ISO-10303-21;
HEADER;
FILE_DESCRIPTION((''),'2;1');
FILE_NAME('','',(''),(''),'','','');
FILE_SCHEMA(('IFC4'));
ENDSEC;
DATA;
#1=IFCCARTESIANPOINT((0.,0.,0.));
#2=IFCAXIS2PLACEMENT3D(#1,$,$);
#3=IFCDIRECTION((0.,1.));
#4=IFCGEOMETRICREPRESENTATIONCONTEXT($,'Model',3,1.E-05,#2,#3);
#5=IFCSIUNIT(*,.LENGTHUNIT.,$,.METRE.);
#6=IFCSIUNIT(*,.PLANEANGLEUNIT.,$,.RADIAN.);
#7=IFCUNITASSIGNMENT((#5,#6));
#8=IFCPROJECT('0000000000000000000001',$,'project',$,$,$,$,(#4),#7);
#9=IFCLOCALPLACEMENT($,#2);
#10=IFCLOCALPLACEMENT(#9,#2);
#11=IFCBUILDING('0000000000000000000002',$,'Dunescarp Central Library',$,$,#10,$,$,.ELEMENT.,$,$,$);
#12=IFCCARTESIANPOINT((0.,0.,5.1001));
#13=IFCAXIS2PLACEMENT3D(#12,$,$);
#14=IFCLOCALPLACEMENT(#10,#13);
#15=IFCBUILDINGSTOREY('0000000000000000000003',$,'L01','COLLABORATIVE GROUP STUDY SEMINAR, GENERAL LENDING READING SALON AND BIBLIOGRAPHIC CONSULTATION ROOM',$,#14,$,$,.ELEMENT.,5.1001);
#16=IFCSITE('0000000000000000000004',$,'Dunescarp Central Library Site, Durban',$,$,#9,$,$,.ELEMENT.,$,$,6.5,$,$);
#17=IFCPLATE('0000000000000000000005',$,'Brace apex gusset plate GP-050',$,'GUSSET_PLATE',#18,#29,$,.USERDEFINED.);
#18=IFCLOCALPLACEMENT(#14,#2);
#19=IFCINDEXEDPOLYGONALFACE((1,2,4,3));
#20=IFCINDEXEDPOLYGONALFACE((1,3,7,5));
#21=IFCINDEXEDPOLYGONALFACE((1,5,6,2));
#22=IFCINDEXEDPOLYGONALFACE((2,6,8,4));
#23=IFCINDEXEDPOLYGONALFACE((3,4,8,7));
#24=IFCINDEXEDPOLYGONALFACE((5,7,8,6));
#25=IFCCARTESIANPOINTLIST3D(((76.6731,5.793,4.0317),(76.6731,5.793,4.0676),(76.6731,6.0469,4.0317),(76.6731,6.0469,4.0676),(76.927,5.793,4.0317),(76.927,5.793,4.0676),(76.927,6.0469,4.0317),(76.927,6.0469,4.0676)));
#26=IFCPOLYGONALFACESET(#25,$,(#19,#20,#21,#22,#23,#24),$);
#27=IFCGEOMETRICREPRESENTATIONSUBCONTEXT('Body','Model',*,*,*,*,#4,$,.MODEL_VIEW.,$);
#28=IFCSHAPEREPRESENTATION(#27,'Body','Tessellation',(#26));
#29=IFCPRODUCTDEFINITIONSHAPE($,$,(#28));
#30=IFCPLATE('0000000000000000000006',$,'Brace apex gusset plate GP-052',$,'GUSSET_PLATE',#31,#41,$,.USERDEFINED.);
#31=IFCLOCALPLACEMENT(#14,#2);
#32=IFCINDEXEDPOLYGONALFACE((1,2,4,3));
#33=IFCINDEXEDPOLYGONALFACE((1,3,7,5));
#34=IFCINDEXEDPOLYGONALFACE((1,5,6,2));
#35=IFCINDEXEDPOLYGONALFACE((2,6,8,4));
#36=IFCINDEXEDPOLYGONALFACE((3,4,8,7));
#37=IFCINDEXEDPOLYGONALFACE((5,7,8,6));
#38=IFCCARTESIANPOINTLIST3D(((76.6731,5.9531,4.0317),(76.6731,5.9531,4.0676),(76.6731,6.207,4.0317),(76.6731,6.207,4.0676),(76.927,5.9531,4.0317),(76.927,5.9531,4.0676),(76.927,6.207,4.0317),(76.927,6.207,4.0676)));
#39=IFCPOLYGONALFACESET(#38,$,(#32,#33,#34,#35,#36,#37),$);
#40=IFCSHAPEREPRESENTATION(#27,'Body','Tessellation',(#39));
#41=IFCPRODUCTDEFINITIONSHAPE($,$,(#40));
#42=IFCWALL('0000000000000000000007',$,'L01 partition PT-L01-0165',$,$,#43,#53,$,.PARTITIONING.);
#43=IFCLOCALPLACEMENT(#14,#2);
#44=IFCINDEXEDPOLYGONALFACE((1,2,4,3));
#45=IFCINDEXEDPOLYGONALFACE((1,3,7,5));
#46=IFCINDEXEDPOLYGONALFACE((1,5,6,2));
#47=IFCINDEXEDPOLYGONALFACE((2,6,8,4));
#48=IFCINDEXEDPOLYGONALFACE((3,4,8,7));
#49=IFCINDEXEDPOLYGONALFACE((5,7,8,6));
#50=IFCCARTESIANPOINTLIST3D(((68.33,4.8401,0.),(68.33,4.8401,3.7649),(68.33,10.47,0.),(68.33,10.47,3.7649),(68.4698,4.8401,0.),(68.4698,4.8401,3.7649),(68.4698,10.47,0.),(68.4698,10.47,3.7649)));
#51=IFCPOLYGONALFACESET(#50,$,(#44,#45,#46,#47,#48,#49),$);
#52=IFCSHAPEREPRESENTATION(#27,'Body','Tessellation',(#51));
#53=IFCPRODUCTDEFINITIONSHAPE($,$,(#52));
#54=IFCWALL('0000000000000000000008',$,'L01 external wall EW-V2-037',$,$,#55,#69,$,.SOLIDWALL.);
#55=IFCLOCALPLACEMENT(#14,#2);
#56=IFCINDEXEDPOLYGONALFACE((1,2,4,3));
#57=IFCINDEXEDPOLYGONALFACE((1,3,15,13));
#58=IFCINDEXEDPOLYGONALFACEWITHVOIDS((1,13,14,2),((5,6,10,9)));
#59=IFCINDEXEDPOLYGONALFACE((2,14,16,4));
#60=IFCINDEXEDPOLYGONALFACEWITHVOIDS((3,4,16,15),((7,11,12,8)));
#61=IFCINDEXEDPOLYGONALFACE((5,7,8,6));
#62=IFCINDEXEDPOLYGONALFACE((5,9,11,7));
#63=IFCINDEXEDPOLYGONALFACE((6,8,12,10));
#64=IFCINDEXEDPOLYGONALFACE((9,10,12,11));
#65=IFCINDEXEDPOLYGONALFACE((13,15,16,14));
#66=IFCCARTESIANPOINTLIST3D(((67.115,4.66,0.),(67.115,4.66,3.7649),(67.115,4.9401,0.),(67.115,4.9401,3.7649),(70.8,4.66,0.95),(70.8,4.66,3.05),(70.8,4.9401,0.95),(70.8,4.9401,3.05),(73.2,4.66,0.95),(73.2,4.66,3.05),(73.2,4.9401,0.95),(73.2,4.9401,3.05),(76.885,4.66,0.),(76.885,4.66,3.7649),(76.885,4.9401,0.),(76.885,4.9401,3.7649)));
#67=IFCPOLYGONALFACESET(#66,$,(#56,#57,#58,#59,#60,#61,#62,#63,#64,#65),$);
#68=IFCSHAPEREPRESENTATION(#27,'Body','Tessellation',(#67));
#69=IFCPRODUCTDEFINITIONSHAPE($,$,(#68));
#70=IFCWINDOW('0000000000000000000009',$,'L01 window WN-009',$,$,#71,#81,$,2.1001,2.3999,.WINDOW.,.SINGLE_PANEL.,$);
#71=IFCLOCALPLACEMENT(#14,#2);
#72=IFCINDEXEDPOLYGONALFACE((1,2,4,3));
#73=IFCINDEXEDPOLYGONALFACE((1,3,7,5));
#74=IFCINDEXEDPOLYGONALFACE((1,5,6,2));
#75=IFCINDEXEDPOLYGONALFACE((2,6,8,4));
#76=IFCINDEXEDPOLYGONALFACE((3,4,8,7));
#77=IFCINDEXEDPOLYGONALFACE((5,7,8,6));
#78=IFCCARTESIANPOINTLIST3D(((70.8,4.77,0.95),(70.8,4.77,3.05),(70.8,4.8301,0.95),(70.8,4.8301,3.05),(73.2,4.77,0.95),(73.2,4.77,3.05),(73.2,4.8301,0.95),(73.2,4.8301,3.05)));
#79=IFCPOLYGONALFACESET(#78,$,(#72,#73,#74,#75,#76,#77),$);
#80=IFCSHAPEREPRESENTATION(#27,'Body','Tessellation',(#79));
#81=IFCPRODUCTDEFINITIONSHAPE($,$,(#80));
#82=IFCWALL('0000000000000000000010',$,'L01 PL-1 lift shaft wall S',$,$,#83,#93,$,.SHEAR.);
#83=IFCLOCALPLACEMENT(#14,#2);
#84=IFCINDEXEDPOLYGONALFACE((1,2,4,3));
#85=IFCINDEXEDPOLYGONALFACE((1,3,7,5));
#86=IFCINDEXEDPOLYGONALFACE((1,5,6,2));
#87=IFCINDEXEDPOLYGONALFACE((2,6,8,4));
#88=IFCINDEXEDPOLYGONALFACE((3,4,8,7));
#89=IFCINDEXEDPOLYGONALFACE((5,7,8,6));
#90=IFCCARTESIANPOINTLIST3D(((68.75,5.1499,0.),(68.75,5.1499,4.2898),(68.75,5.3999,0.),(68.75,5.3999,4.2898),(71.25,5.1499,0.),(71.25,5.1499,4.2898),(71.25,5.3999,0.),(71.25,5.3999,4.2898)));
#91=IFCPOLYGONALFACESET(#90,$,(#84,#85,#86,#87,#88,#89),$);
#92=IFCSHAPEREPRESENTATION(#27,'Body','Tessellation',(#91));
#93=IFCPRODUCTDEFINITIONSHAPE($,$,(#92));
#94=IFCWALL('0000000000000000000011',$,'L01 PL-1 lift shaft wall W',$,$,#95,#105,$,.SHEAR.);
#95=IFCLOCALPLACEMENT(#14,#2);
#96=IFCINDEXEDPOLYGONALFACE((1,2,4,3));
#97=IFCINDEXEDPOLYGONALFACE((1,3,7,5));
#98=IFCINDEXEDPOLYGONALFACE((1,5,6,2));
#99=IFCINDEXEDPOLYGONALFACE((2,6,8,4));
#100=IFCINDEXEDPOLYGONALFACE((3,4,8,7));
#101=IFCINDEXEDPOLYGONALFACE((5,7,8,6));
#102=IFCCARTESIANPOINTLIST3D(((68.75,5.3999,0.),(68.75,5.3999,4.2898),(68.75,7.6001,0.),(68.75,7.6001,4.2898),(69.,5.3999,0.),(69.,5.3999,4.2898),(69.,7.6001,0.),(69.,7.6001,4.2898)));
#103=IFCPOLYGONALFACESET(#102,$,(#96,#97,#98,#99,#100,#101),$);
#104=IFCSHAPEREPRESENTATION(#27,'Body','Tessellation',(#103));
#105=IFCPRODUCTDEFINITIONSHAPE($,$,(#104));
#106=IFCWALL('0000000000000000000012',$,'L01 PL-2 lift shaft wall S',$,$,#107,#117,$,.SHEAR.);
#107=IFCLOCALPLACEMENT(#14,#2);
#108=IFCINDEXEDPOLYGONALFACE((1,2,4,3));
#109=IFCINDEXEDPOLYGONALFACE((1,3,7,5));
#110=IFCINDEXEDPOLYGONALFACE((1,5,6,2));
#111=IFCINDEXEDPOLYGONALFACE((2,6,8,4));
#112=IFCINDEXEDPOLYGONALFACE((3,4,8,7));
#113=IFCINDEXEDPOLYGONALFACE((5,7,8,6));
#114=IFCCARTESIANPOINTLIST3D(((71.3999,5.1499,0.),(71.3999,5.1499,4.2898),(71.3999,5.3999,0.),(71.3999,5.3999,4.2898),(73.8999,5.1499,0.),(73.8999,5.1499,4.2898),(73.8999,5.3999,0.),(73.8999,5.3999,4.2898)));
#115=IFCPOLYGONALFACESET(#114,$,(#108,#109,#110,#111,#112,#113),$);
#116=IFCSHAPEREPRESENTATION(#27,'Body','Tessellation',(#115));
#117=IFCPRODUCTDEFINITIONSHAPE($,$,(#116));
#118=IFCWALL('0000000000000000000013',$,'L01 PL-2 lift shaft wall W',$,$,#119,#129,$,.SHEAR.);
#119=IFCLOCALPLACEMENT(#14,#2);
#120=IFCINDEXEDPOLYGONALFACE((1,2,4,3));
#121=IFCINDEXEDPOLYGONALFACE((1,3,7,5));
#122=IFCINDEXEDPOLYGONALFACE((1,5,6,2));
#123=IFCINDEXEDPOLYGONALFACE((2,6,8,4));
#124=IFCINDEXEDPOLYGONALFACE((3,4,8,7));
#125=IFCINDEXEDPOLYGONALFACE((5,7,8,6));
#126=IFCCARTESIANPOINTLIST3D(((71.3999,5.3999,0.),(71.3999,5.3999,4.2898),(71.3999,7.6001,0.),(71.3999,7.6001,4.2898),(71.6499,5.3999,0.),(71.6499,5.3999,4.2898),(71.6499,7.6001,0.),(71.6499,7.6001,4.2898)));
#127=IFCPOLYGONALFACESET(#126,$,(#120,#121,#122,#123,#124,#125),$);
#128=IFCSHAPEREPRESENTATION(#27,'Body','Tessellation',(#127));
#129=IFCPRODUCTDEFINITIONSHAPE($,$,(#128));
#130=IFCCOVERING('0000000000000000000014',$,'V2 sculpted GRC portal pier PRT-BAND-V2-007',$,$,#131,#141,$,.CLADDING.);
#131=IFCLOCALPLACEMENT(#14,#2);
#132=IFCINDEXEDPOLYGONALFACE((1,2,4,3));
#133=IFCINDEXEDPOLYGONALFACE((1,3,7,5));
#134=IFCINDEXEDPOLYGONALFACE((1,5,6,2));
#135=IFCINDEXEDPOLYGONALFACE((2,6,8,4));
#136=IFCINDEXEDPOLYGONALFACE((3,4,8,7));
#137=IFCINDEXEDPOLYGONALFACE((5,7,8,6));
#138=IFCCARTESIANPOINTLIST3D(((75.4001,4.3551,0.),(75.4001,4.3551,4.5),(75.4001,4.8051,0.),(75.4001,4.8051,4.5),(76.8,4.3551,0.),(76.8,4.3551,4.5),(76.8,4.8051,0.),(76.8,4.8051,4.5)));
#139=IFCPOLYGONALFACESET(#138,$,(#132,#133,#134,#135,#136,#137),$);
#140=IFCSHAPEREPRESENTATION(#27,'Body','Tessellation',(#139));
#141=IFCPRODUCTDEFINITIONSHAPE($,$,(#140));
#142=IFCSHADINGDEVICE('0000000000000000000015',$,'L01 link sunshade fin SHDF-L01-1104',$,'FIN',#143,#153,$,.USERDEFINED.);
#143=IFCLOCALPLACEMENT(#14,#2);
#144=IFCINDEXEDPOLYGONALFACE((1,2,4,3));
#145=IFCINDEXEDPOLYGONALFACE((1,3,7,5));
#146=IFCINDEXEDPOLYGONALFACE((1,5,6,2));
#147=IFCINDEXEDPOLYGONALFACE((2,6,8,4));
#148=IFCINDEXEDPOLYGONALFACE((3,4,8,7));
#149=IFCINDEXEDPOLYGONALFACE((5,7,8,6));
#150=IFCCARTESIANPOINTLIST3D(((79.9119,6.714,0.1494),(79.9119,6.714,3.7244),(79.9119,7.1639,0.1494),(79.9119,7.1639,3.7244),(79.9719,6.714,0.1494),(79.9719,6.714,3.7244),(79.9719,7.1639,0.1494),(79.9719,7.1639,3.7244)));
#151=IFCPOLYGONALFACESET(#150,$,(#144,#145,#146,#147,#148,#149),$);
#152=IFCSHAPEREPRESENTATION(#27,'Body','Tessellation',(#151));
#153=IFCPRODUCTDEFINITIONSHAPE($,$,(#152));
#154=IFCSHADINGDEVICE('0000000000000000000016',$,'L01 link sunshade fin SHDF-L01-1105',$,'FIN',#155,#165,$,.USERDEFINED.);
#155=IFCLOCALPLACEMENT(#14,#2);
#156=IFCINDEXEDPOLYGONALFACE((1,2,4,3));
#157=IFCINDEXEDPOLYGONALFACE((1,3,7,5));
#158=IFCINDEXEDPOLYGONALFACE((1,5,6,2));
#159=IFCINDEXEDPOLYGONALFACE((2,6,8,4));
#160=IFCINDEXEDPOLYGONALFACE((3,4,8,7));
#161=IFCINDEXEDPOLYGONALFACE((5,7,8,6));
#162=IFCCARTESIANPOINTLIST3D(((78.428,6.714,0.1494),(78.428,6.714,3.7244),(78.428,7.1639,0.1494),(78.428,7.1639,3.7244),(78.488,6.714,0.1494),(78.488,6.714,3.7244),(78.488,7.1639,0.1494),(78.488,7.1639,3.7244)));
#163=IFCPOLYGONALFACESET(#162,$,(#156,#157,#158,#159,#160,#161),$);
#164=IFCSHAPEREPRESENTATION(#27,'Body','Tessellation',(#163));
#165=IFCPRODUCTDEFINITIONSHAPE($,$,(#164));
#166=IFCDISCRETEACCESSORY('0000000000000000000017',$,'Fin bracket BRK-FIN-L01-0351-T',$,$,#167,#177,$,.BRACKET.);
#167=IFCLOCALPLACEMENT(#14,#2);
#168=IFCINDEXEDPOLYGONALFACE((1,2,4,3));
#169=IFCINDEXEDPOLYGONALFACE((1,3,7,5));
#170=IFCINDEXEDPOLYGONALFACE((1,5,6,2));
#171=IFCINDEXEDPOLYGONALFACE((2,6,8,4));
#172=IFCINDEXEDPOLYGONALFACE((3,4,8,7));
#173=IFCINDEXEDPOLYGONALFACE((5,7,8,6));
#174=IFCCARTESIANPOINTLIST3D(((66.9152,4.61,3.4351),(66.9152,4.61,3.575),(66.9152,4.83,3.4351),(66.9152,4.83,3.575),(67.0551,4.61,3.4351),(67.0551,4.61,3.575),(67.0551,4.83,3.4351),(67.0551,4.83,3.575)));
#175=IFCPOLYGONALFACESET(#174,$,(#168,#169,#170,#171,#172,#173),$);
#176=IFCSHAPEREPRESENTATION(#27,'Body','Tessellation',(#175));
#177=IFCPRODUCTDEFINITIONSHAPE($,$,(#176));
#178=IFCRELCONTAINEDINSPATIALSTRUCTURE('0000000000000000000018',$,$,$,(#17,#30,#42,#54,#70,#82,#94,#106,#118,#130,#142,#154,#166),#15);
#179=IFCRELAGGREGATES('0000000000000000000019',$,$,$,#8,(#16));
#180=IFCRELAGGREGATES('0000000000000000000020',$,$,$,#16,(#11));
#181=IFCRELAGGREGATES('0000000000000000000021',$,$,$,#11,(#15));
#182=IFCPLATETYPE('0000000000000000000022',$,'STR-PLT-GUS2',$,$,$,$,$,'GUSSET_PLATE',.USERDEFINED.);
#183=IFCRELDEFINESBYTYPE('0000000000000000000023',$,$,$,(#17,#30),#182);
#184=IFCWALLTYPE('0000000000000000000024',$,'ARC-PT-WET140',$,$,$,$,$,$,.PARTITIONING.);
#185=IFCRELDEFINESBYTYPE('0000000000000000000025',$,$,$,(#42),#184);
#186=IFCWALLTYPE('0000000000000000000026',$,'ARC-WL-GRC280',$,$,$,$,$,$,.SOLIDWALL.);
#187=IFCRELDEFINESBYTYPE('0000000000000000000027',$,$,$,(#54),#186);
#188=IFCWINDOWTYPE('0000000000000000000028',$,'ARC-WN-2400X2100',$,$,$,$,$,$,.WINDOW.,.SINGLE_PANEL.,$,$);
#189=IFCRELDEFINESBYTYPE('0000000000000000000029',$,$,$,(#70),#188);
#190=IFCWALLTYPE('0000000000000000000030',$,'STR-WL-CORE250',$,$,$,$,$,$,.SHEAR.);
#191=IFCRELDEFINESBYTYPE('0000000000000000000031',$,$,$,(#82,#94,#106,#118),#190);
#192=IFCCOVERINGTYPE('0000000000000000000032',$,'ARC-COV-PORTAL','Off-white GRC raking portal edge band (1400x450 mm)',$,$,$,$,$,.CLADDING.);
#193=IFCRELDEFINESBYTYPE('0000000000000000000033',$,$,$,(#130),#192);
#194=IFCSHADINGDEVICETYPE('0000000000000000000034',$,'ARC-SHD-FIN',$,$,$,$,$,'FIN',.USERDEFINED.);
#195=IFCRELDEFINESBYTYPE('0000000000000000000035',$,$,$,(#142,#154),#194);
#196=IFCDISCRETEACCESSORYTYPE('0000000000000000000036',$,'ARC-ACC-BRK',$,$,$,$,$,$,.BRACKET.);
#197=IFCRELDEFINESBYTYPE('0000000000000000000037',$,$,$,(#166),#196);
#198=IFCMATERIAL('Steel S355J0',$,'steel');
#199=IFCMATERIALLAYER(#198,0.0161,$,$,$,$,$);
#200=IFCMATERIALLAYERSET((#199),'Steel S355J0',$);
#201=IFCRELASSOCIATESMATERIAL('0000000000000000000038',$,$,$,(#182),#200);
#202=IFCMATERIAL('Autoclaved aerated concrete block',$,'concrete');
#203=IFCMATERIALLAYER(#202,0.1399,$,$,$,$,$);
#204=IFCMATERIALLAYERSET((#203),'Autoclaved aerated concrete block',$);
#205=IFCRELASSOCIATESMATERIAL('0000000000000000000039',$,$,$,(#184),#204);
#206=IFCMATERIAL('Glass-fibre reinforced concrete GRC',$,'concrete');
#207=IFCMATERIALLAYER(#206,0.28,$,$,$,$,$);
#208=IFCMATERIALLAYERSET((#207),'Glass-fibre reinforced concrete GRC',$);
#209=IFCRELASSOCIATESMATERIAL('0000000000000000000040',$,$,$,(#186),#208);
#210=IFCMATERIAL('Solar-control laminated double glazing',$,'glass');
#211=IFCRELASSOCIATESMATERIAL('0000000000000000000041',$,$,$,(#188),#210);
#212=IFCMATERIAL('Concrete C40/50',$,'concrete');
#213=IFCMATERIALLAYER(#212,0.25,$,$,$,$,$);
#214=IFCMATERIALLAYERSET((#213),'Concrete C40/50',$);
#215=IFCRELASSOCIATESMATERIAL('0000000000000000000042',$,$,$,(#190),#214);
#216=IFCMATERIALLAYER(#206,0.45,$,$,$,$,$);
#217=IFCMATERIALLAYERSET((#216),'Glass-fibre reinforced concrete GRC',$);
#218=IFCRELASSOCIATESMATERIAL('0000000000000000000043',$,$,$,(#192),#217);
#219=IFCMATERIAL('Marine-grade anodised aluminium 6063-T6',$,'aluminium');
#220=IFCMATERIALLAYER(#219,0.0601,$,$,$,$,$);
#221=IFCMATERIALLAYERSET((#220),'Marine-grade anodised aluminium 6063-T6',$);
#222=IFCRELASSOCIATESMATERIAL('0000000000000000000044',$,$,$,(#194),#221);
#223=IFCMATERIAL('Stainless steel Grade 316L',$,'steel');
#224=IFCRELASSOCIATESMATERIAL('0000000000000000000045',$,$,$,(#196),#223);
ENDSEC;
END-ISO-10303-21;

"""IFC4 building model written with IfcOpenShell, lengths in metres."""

from ifc_helpers import new_model, si_unit, direction, frame, frame_2d, origin, origin_2d, place, context, subcontext, project, spatial, rectangle, extrude, material, layer, layer_set, type_object, element, fill, save


model = new_model("IFC4")

# Units and contexts
model_context = context("Model", 3, precision=1e-05, world=origin(), true_north=direction((0.0, 1.0)))
body_context = subcontext(model_context, "Body", "Model", "MODEL_VIEW")
ifc_project = project(units=[si_unit("LENGTHUNIT", "METRE"), si_unit("PLANEANGLEUNIT", "RADIAN")], contexts=[model_context])

# Site, building, storey
site_placement = place(None, origin())
site = spatial("IfcSite", under=ifc_project, at=site_placement, Name="Dunescarp Central Library Site, Durban", CompositionType="ELEMENT", RefElevation=6.5)
building_placement = place(site_placement, origin())
building = spatial("IfcBuilding", under=site, at=building_placement, Name="Dunescarp Central Library", CompositionType="ELEMENT")
storey_placement = place(building_placement, frame((0.0, 0.0, 5.1001)))
storey = spatial("IfcBuildingStorey", under=building, at=storey_placement, Name="L01", Description="COLLABORATIVE GROUP STUDY SEMINAR, GENERAL LENDING READING SALON AND BIBLIOGRAPHIC CONSULTATION ROOM", CompositionType="ELEMENT", Elevation=5.1001)

# Shared definitions
ifc_material_1 = material(Name="Marine-grade anodised aluminium 6063-T6", Category="aluminium")

# Shared definitions
ifc_material_2 = material(Name="Steel S355J0", Category="steel")

# Plates
ifc_layer_1 = layer(ifc_material_2, 0.0161)
ifc_layer_set_1 = layer_set([ifc_layer_1], Name="Steel S355J0")
plate_type_1 = type_object("IfcPlateType", Name="STR-PLT-GUS2", ElementType="GUSSET_PLATE", PredefinedType="USERDEFINED", material=ifc_layer_set_1)
for number, where, z_axis, x_axis, name in (
    (1, (76.8, 5.9199, 4.0317), (0.0, 0.0, 1.0), (1.0, 0.0, 0.0), "Brace apex gusset plate GP-050"),
    (2, (76.8, 6.0801, 4.0317), (0.0, 0.0, 1.0), (1.0, 0.0, 0.0), "Brace apex gusset plate GP-052"),
):
    element("IfcPlate", number, at=place(storey_placement, frame(where, z_axis=z_axis, x_axis=x_axis)), inside=storey, type_object=plate_type_1, Name=name, ObjectType="GUSSET_PLATE", PredefinedType="USERDEFINED", context=body_context, shape_type="SweptSolid", body=[
        extrude(rectangle(XDim=0.2539, YDim=0.2539, at=origin_2d()), origin(), (0.0, 0.0, 1.0), 0.0359),
    ])

# Wall
ifc_material_3 = material(Name="Autoclaved aerated concrete block", Category="concrete")
ifc_layer_2 = layer(ifc_material_3, 0.1399)
ifc_layer_set_2 = layer_set([ifc_layer_2], Name="Autoclaved aerated concrete block")
wall_type_1 = type_object("IfcWallType", Name="ARC-PT-WET140", PredefinedType="PARTITIONING", material=ifc_layer_set_2)
wall_1_placement = place(storey_placement, frame((68.3999, 4.8401, 0.0), z_axis=(0.0, 0.0, 1.0), x_axis=(0.0, 1.0, 0.0)))
element("IfcWall", 3, at=wall_1_placement, inside=storey, type_object=wall_type_1, Name="L01 partition PT-L01-0165", PredefinedType="PARTITIONING", context=body_context, shape_type="SweptSolid", body=[
    extrude(rectangle(XDim=5.6299, YDim=0.1399, at=frame_2d((2.8149, 0.0))), origin(), (0.0, 0.0, 1.0), 3.7649),
])

# Wall, opening, window
ifc_material_4 = material(Name="Glass-fibre reinforced concrete GRC", Category="concrete")
ifc_layer_3 = layer(ifc_material_4, 0.28)
ifc_layer_set_3 = layer_set([ifc_layer_3], Name="Glass-fibre reinforced concrete GRC")
wall_type_2 = type_object("IfcWallType", Name="ARC-WL-GRC280", PredefinedType="SOLIDWALL", material=ifc_layer_set_3)
wall_2_placement = place(storey_placement, frame((76.885, 4.8, 0.0), z_axis=(0.0, 0.0, 1.0), x_axis=(-1.0, 0.0, 0.0)))
wall_2 = element("IfcWall", 4, at=wall_2_placement, inside=storey, type_object=wall_type_2, Name="L01 external wall EW-V2-037", PredefinedType="SOLIDWALL", context=body_context, shape_type="SweptSolid", body=[
    extrude(rectangle(XDim=9.77, YDim=0.28, at=frame_2d((4.885, 0.0))), origin(), (0.0, 0.0, 1.0), 3.7649),
])
opening_placement = place(wall_2_placement, frame((3.6851, 0.0, 0.95)))
opening = element("IfcOpeningElement", 5, at=opening_placement, cuts=wall_2, PredefinedType="OPENING", context=body_context, shape_type="SweptSolid", body=[
    extrude(rectangle(XDim=2.3999, YDim=2.1001, at=frame_2d((1.2, 1.05))), frame((0.0, 0.1499, 0.0), z_axis=(0.0, -1.0, 0.0), x_axis=(1.0, 0.0, 0.0)), (0.0, 0.0, 1.0), 0.3),
])
ifc_material_5 = material(Name="Solar-control laminated double glazing", Category="glass")
window_type = type_object("IfcWindowType", Name="ARC-WN-2400X2100", PartitioningType="SINGLE_PANEL", PredefinedType="WINDOW", material=ifc_material_5)
window_placement = place(opening_placement, origin())
window = element("IfcWindow", 6, at=window_placement, inside=storey, type_object=window_type, Name="L01 window WN-009", OverallHeight=2.1001, OverallWidth=2.3999, PartitioningType="SINGLE_PANEL", PredefinedType="WINDOW", context=body_context, shape_type="SweptSolid", body=[
    extrude(rectangle(XDim=2.3999, YDim=2.1001, at=frame_2d((1.2, 1.05))), frame((0.0, 0.03, 0.0), z_axis=(0.0, -1.0, 0.0), x_axis=(1.0, 0.0, 0.0)), (0.0, 0.0, 1.0), 0.0601),
])
fill(opening, window)

# Walls
ifc_material_6 = material(Name="Concrete C40/50", Category="concrete")
ifc_layer_4 = layer(ifc_material_6, 0.25)
ifc_layer_set_4 = layer_set([ifc_layer_4], Name="Concrete C40/50")
wall_type_3 = type_object("IfcWallType", Name="STR-WL-CORE250", PredefinedType="SHEAR", material=ifc_layer_set_4)
wall_3_placement = place(storey_placement, frame((71.25, 5.2749, 0.0), z_axis=(0.0, 0.0, 1.0), x_axis=(-1.0, 0.0, 0.0)))
element("IfcWall", 7, at=wall_3_placement, inside=storey, type_object=wall_type_3, Name="L01 PL-1 lift shaft wall S", PredefinedType="SHEAR", context=body_context, shape_type="SweptSolid", body=[
    extrude(rectangle(XDim=2.5, YDim=0.25, at=frame_2d((1.25, 0.0))), origin(), (0.0, 0.0, 1.0), 4.2898),
])
wall_4_placement = place(storey_placement, frame((68.875, 5.3999, 0.0), z_axis=(0.0, 0.0, 1.0), x_axis=(0.0, 1.0, 0.0)))
element("IfcWall", 8, at=wall_4_placement, inside=storey, type_object=wall_type_3, Name="L01 PL-1 lift shaft wall W", PredefinedType="SHEAR", context=body_context, shape_type="SweptSolid", body=[
    extrude(rectangle(XDim=2.2002, YDim=0.25, at=frame_2d((1.1001, 0.0))), origin(), (0.0, 0.0, 1.0), 4.2898),
])
wall_5_placement = place(storey_placement, frame((73.8999, 5.2749, 0.0), z_axis=(0.0, 0.0, 1.0), x_axis=(-1.0, 0.0, 0.0)))
element("IfcWall", 9, at=wall_5_placement, inside=storey, type_object=wall_type_3, Name="L01 PL-2 lift shaft wall S", PredefinedType="SHEAR", context=body_context, shape_type="SweptSolid", body=[
    extrude(rectangle(XDim=2.5, YDim=0.25, at=frame_2d((1.25, 0.0))), origin(), (0.0, 0.0, 1.0), 4.2898),
])
wall_6_placement = place(storey_placement, frame((71.5249, 5.3999, 0.0), z_axis=(0.0, 0.0, 1.0), x_axis=(0.0, 1.0, 0.0)))
element("IfcWall", 10, at=wall_6_placement, inside=storey, type_object=wall_type_3, Name="L01 PL-2 lift shaft wall W", PredefinedType="SHEAR", context=body_context, shape_type="SweptSolid", body=[
    extrude(rectangle(XDim=2.2002, YDim=0.25, at=frame_2d((1.1001, 0.0))), origin(), (0.0, 0.0, 1.0), 4.2898),
])

# Covering
ifc_layer_5 = layer(ifc_material_4, 0.45)
ifc_layer_set_5 = layer_set([ifc_layer_5], Name="Glass-fibre reinforced concrete GRC")
covering_type = type_object("IfcCoveringType", Name="ARC-COV-PORTAL", Description="Off-white GRC raking portal edge band (1400x450 mm)", PredefinedType="CLADDING", material=ifc_layer_set_5)
covering_placement = place(storey_placement, frame((76.1001, 4.5801, 0.0), z_axis=(0.0, 0.0, 1.0), x_axis=(1.0, 0.0, 0.0)))
element("IfcCovering", 11, at=covering_placement, inside=storey, type_object=covering_type, Name="V2 sculpted GRC portal pier PRT-BAND-V2-007", PredefinedType="CLADDING", context=body_context, shape_type="SweptSolid", body=[
    extrude(rectangle(XDim=1.3999, YDim=0.45, at=origin_2d()), origin(), (0.0, 0.0, 1.0), 4.5),
])

# Shading devices
ifc_layer_6 = layer(ifc_material_1, 0.0601)
ifc_layer_set_6 = layer_set([ifc_layer_6], Name="Marine-grade anodised aluminium 6063-T6")
shading_device_type = type_object("IfcShadingDeviceType", Name="ARC-SHD-FIN", ElementType="FIN", PredefinedType="USERDEFINED", material=ifc_layer_set_6)
for number, where, z_axis, x_axis, name in (
    (12, (79.9419, 6.939, 0.1494), (0.0, 0.0, 1.0), (0.0, -1.0, 0.0), "L01 link sunshade fin SHDF-L01-1104"),
    (13, (78.458, 6.939, 0.1494), (0.0, 0.0, 1.0), (0.0, -1.0, 0.0), "L01 link sunshade fin SHDF-L01-1105"),
):
    element("IfcShadingDevice", number, at=place(storey_placement, frame(where, z_axis=z_axis, x_axis=x_axis)), inside=storey, type_object=shading_device_type, Name=name, ObjectType="FIN", PredefinedType="USERDEFINED", context=body_context, shape_type="SweptSolid", body=[
        extrude(rectangle(XDim=0.45, YDim=0.0601, at=origin_2d()), origin(), (0.0, 0.0, 1.0), 3.575),
    ])

# Discrete accessory
ifc_material_7 = material(Name="Stainless steel Grade 316L", Category="steel")
discrete_accessory_type = type_object("IfcDiscreteAccessoryType", Name="ARC-ACC-BRK", PredefinedType="BRACKET", material=ifc_material_7)
discrete_accessory_placement = place(storey_placement, frame((66.9851, 4.72, 3.4351), z_axis=(0.0, 0.0, 1.0), x_axis=(0.0, -1.0, 0.0)))
element("IfcDiscreteAccessory", 14, at=discrete_accessory_placement, inside=storey, type_object=discrete_accessory_type, Name="Fin bracket BRK-FIN-L01-0351-T", PredefinedType="BRACKET", context=body_context, shape_type="SweptSolid", body=[
    extrude(rectangle(XDim=0.22, YDim=0.1399, at=origin_2d()), origin(), (0.0, 0.0, 1.0), 0.1399),
])

save(model, "model.ifc")
